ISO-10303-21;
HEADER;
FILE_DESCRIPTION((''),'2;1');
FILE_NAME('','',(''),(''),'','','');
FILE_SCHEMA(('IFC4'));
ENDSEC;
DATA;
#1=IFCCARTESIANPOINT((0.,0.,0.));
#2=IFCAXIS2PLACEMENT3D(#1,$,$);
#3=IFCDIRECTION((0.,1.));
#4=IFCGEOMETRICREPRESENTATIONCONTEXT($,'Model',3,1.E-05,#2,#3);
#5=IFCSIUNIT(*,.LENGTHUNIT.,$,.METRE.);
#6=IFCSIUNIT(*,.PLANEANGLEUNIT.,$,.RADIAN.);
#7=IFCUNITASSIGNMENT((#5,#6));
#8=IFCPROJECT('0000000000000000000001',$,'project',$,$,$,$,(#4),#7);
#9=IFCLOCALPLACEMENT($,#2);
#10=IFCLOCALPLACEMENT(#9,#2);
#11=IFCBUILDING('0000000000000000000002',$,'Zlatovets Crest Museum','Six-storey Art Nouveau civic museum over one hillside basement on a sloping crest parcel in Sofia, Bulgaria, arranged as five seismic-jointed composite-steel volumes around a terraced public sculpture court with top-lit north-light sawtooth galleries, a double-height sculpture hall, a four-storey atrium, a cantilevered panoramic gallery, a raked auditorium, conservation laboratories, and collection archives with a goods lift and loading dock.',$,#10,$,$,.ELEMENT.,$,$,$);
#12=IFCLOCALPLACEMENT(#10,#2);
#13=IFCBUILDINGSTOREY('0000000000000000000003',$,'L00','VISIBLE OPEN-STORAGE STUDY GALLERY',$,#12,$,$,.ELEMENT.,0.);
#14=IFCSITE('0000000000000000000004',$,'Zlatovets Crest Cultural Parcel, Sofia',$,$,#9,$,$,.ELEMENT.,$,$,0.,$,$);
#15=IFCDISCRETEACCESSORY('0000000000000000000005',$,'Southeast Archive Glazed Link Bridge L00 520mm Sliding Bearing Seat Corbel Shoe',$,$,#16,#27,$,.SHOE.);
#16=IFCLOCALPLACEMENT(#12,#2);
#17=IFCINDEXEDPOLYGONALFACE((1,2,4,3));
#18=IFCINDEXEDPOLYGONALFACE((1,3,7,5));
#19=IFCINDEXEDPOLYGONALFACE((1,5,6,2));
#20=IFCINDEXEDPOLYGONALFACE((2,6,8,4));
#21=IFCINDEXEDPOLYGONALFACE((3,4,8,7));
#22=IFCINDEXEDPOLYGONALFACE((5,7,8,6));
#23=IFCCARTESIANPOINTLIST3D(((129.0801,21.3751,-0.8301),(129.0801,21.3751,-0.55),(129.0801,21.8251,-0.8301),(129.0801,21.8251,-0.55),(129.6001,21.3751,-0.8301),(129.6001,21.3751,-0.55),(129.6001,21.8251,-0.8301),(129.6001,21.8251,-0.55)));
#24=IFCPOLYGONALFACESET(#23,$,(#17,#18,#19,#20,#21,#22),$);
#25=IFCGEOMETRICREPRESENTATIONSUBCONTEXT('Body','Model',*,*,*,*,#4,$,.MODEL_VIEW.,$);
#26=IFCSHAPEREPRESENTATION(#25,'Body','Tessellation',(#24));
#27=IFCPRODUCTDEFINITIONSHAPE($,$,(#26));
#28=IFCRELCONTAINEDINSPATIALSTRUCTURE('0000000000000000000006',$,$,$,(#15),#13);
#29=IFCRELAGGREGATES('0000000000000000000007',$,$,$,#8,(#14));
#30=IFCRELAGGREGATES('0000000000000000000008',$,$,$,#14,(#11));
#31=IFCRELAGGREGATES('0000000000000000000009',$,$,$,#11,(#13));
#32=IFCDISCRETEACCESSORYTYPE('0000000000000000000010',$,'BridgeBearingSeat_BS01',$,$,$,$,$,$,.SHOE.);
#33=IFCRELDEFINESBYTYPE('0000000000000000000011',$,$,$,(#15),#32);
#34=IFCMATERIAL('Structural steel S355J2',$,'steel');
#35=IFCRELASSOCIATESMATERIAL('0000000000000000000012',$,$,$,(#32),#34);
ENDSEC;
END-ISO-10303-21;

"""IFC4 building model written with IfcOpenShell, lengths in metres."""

from ifc_helpers import new_model, si_unit, direction, frame, origin, origin_2d, place, context, subcontext, project, spatial, rectangle, extrude, material, type_object, element, save


model = new_model("IFC4")

# Units and contexts
model_context = context("Model", 3, precision=1e-05, world=origin(), true_north=direction((0.0, 1.0)))
body_context = subcontext(model_context, "Body", "Model", "MODEL_VIEW")
ifc_project = project(units=[si_unit("LENGTHUNIT", "METRE"), si_unit("PLANEANGLEUNIT", "RADIAN")], contexts=[model_context])

# Site, building, storey
site_placement = place(None, origin())
site = spatial("IfcSite", under=ifc_project, at=site_placement, Name="Zlatovets Crest Cultural Parcel, Sofia", CompositionType="ELEMENT", RefElevation=0.0)
building_placement = place(site_placement, origin())
building = spatial("IfcBuilding", under=site, at=building_placement, Name="Zlatovets Crest Museum", Description="Six-storey Art Nouveau civic museum over one hillside basement on a sloping crest parcel in Sofia, Bulgaria, arranged as five seismic-jointed composite-steel volumes around a terraced public sculpture court with top-lit north-light sawtooth galleries, a double-height sculpture hall, a four-storey atrium, a cantilevered panoramic gallery, a raked auditorium, conservation laboratories, and collection archives with a goods lift and loading dock.", CompositionType="ELEMENT")
storey_placement = place(building_placement, origin())
storey = spatial("IfcBuildingStorey", under=building, at=storey_placement, Name="L00", Description="VISIBLE OPEN-STORAGE STUDY GALLERY", CompositionType="ELEMENT", Elevation=0.0)

# Shared definitions
ifc_material_1 = material(Name="Structural steel S355J2", Category="steel")

# Discrete accessory
discrete_accessory_type = type_object("IfcDiscreteAccessoryType", Name="BridgeBearingSeat_BS01", PredefinedType="SHOE", material=ifc_material_1)
discrete_accessory_placement = place(storey_placement, frame((129.3401, 21.6001, -0.8301), z_axis=(0.0, 0.0, 1.0), x_axis=(1.0, 0.0, 0.0)))
element("IfcDiscreteAccessory", 1, at=discrete_accessory_placement, inside=storey, type_object=discrete_accessory_type, Name="Southeast Archive Glazed Link Bridge L00 520mm Sliding Bearing Seat Corbel Shoe", PredefinedType="SHOE", context=body_context, shape_type="SweptSolid", body=[
    extrude(rectangle(XDim=0.52, YDim=0.45, at=origin_2d()), origin(), (0.0, 0.0, 1.0), 0.28),
])

save(model, "model.ifc")
